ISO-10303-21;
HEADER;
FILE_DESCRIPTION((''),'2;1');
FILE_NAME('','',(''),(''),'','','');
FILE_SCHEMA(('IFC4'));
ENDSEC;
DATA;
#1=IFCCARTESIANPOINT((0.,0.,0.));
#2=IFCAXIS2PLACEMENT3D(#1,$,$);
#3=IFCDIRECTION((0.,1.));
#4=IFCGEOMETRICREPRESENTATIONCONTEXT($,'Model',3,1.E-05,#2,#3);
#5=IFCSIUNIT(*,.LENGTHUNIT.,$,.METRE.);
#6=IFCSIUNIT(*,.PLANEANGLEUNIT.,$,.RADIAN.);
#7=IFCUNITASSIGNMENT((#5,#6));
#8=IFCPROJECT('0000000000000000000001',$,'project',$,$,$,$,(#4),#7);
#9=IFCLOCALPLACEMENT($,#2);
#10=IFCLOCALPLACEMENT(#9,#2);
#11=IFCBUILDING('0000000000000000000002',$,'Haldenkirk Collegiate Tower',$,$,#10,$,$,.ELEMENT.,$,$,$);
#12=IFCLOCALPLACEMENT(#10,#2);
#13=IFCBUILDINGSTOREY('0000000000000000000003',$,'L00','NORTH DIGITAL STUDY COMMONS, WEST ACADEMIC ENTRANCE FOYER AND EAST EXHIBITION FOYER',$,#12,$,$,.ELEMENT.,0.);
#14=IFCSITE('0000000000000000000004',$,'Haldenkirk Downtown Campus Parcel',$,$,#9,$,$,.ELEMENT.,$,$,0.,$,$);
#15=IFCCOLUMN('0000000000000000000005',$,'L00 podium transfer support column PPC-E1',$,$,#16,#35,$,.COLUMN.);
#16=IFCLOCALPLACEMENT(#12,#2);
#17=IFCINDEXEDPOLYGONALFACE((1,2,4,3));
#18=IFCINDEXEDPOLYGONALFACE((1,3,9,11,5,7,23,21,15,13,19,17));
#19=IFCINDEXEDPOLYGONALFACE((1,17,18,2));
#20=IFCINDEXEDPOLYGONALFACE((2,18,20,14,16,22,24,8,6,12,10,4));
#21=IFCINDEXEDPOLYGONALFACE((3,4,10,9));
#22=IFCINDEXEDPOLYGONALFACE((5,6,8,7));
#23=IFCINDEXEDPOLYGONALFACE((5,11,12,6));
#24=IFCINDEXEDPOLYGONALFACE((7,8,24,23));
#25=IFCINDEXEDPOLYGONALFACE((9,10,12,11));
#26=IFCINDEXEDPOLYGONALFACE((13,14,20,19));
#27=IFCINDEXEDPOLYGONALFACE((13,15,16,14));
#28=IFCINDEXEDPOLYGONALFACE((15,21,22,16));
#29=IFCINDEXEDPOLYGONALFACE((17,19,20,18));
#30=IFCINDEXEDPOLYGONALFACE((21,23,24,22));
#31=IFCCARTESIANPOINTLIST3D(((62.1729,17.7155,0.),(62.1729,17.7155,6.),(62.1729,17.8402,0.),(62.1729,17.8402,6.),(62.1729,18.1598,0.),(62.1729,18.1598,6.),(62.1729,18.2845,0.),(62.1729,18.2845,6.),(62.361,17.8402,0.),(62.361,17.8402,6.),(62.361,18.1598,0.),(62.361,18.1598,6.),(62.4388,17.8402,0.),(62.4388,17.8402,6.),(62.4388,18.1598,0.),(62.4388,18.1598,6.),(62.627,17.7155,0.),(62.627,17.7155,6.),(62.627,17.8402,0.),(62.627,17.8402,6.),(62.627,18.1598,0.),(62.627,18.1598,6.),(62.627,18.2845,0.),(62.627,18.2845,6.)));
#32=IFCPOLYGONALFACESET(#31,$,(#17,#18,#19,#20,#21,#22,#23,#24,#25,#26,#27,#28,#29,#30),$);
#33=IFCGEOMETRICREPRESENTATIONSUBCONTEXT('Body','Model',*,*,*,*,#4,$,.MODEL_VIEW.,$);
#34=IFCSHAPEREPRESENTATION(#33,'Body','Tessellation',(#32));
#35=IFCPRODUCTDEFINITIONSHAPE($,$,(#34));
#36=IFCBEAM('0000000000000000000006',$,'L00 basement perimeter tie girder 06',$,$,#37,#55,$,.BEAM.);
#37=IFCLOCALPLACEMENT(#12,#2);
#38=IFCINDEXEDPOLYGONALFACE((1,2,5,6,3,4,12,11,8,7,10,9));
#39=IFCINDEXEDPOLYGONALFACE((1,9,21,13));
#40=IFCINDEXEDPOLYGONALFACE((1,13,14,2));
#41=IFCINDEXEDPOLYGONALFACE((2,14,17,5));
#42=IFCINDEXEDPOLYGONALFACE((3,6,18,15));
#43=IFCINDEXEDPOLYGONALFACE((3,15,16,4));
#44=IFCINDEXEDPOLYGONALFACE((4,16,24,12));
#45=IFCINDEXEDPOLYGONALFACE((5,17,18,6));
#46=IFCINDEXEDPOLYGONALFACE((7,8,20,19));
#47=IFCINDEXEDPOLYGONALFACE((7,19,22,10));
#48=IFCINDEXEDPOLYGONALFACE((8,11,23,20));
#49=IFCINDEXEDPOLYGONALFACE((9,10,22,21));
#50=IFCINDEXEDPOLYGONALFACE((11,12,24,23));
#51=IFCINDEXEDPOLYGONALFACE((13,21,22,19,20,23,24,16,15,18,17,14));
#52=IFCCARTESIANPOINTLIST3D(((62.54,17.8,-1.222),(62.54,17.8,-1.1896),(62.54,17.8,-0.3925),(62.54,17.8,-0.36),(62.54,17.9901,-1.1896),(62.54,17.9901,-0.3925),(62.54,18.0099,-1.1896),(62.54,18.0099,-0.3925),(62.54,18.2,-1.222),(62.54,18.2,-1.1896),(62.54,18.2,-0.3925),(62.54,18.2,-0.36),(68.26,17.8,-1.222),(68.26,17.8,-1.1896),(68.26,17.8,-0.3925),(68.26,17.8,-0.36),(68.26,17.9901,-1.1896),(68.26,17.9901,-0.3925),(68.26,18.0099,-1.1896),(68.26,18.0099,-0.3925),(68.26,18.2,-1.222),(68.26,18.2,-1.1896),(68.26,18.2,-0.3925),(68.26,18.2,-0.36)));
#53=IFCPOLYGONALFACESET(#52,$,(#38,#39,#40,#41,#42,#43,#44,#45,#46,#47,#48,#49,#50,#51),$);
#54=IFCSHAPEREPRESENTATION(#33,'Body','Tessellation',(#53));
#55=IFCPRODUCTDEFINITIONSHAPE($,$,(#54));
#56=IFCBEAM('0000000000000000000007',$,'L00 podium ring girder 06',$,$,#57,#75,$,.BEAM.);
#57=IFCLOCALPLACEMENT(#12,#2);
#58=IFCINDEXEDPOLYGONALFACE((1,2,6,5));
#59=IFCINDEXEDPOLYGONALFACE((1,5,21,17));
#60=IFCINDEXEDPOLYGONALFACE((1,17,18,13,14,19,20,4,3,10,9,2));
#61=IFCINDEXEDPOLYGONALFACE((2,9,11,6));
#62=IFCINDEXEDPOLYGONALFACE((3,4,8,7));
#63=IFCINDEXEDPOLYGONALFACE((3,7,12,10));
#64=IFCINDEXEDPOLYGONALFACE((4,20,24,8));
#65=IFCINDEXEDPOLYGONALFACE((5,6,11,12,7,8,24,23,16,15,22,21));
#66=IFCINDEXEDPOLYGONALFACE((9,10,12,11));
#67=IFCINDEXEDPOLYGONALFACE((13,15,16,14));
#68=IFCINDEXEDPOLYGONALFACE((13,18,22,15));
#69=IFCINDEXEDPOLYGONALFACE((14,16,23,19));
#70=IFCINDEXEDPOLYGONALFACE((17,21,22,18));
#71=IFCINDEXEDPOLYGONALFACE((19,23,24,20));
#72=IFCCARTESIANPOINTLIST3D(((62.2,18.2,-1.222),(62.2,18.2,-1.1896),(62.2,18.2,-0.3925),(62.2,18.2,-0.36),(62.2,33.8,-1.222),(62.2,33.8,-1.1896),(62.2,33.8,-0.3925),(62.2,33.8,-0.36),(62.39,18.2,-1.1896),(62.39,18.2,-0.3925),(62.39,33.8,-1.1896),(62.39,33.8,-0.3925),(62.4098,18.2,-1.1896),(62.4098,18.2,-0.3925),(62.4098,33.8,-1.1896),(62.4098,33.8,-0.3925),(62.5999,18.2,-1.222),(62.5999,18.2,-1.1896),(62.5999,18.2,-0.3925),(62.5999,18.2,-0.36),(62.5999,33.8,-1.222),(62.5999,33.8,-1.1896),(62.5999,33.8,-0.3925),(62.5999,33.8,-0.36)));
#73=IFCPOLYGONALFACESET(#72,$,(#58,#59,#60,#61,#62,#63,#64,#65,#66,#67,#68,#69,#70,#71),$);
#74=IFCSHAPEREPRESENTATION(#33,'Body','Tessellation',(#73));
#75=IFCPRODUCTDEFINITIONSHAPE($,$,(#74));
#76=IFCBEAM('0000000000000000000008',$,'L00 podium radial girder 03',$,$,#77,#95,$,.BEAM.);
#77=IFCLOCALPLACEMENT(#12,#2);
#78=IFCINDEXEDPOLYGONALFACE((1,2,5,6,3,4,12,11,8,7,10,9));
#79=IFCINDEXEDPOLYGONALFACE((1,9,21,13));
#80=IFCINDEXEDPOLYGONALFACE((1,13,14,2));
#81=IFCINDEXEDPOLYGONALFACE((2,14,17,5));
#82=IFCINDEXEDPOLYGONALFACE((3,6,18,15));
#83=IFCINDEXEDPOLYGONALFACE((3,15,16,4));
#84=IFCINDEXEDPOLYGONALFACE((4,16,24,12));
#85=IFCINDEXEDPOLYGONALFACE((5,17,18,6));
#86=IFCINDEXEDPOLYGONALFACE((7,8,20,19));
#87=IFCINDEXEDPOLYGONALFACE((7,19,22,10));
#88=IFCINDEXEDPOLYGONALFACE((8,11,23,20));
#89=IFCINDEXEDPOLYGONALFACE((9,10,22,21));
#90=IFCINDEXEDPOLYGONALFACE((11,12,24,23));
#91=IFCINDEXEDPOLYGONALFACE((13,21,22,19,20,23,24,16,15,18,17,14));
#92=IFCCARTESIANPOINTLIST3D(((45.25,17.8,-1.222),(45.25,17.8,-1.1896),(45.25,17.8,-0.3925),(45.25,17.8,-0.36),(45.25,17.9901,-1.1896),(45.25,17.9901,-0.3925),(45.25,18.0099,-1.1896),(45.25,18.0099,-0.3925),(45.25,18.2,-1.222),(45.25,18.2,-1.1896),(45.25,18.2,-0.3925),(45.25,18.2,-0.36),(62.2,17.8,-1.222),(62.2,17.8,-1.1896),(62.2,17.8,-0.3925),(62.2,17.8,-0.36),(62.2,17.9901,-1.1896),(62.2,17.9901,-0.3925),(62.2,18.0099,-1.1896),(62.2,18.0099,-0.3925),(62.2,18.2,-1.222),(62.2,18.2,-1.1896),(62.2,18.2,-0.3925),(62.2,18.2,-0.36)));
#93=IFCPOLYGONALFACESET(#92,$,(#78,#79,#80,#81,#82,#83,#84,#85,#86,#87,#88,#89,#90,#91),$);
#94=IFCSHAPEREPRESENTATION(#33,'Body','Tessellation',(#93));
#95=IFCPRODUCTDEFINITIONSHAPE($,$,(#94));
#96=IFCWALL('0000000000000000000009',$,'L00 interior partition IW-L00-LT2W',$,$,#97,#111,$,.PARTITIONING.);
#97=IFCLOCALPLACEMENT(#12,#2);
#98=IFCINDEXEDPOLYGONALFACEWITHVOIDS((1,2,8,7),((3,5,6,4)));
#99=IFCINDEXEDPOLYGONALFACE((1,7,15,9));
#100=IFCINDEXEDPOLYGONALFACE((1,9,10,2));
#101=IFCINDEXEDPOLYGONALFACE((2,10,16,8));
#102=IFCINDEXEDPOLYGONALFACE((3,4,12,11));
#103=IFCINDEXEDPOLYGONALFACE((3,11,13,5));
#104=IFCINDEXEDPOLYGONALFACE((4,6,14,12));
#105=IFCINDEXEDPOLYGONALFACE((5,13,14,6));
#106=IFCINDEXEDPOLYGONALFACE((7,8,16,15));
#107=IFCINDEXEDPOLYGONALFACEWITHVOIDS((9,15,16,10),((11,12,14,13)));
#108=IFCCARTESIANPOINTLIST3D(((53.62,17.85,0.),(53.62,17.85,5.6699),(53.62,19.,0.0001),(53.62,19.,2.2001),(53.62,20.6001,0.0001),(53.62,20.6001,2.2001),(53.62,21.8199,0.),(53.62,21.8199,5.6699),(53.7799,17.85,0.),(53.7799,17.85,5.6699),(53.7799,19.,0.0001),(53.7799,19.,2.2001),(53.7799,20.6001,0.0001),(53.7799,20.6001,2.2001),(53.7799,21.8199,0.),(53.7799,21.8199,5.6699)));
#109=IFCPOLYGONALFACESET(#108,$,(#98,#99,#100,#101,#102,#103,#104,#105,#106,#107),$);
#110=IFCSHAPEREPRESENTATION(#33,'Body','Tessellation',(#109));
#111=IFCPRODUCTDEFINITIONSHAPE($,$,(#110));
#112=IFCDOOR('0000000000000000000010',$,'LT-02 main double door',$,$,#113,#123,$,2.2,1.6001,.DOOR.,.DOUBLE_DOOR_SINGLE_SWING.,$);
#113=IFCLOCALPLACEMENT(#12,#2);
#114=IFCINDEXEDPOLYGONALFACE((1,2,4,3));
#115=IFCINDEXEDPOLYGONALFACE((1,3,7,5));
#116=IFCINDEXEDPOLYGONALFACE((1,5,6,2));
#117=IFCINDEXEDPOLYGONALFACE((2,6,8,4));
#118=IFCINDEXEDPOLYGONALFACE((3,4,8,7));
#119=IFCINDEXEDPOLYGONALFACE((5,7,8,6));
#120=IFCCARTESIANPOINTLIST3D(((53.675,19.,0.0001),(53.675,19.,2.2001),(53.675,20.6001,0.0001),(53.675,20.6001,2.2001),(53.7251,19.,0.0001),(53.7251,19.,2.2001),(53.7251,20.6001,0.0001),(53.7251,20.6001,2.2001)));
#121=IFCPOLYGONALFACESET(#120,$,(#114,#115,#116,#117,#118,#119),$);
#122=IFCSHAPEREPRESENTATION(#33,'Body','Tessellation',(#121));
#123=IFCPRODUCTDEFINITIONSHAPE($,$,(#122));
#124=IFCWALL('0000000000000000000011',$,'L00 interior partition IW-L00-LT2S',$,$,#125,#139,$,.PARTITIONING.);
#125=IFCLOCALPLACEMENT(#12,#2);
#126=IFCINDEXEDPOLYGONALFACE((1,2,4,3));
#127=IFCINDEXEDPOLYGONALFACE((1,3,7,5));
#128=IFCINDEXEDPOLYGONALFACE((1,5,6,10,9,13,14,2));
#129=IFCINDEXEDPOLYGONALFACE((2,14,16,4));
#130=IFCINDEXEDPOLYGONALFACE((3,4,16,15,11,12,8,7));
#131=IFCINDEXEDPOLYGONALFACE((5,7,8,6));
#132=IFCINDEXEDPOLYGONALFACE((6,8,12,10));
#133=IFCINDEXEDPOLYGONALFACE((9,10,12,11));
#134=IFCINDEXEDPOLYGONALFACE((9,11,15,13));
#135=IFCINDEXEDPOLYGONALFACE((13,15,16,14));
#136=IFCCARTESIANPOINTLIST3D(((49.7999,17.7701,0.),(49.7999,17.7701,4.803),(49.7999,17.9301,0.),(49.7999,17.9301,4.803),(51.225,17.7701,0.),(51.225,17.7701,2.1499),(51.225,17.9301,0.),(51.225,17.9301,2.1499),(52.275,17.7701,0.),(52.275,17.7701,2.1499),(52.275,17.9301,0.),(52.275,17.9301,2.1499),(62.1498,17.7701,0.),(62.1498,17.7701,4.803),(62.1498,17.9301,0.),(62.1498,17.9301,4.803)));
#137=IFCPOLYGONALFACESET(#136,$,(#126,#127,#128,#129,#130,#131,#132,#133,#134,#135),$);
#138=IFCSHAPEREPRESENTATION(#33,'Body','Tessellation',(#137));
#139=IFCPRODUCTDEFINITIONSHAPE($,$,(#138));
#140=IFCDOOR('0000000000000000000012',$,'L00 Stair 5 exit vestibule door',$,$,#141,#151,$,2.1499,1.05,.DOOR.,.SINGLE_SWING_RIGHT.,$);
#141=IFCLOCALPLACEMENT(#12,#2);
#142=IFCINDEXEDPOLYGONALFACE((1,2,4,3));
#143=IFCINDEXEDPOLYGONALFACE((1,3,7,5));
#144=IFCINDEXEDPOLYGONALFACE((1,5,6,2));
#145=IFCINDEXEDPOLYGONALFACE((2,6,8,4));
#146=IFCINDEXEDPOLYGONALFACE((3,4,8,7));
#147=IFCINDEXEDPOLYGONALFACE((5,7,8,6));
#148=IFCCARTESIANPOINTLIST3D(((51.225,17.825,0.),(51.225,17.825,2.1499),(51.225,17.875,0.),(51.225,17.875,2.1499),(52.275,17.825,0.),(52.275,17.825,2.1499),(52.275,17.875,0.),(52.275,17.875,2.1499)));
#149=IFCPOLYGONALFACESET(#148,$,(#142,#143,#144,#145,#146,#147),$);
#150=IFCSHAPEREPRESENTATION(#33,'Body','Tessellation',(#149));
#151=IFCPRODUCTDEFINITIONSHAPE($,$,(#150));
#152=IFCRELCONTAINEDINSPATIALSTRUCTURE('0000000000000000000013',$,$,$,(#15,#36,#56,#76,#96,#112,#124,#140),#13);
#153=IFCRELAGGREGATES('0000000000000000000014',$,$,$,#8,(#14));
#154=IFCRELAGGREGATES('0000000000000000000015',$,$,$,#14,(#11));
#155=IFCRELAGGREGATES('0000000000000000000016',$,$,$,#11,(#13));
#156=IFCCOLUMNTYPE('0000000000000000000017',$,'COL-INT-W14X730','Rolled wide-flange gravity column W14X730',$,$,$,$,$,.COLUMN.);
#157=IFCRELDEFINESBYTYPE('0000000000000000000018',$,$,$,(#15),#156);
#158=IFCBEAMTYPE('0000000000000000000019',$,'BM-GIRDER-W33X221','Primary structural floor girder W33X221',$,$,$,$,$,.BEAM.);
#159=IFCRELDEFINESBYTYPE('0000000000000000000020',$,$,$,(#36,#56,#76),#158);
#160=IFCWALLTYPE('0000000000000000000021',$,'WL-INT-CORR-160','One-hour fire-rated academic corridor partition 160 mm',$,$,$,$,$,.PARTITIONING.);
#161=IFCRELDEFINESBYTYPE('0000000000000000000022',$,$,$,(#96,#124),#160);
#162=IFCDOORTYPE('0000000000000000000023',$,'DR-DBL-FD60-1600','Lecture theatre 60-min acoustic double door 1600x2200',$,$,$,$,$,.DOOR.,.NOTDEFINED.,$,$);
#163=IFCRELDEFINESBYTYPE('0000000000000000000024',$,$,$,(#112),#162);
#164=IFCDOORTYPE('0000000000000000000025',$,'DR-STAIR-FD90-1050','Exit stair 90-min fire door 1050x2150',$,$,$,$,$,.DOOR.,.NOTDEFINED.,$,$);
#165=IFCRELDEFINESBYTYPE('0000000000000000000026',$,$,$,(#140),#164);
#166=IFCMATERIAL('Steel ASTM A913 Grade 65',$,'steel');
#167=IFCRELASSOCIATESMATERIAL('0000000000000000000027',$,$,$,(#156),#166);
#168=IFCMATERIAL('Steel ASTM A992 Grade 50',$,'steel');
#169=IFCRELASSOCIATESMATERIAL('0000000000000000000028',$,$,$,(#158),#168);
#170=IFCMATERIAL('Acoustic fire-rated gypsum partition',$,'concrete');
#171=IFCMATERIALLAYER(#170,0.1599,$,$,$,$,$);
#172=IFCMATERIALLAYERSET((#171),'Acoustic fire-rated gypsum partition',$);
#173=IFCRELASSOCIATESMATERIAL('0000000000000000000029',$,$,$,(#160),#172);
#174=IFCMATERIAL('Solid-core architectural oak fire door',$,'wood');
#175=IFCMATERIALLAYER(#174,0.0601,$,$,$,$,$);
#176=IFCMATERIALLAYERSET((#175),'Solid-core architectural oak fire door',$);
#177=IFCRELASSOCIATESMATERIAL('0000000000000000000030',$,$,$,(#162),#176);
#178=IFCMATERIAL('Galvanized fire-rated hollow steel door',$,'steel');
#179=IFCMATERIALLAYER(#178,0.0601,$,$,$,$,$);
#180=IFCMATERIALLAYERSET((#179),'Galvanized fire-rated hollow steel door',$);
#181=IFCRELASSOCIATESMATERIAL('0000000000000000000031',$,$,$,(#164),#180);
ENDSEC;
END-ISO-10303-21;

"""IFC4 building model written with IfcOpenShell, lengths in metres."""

from ifc_helpers import new_model, si_unit, direction, frame, frame_2d, origin, origin_2d, place, context, subcontext, project, spatial, rectangle, i_section, extrude, material, layer, layer_set, material_profile, profile_set, type_object, element, fill, save


model = new_model("IFC4")

# Units and contexts
model_context = context("Model", 3, precision=1e-05, world=origin(), true_north=direction((0.0, 1.0)))
body_context = subcontext(model_context, "Body", "Model", "MODEL_VIEW")
ifc_project = project(units=[si_unit("LENGTHUNIT", "METRE"), si_unit("PLANEANGLEUNIT", "RADIAN")], contexts=[model_context])

# Site, building, storey
site_placement = place(None, origin())
site = spatial("IfcSite", under=ifc_project, at=site_placement, Name="Haldenkirk Downtown Campus Parcel", CompositionType="ELEMENT", RefElevation=0.0)
building_placement = place(site_placement, origin())
building = spatial("IfcBuilding", under=site, at=building_placement, Name="Haldenkirk Collegiate Tower", CompositionType="ELEMENT")
storey_placement = place(building_placement, origin())
storey = spatial("IfcBuildingStorey", under=building, at=storey_placement, Name="L00", Description="NORTH DIGITAL STUDY COMMONS, WEST ACADEMIC ENTRANCE FOYER AND EAST EXHIBITION FOYER", CompositionType="ELEMENT", Elevation=0.0)

# Column
ifc_material_1 = material(Name="Steel ASTM A913 Grade 65", Category="steel")
ifc_material_profile_1 = material_profile(ifc_material_1, i_section(OverallWidth=0.4541, OverallDepth=0.5691, WebThickness=0.0779, FlangeThickness=0.1248, at=origin_2d()), Name="W14X730")
ifc_profile_set_1 = profile_set([ifc_material_profile_1], Name="Steel ASTM A913 Grade 65")
column_type = type_object("IfcColumnType", Name="COL-INT-W14X730", Description="Rolled wide-flange gravity column W14X730", PredefinedType="COLUMN", material=ifc_profile_set_1)
column_placement = place(storey_placement, frame((62.3999, 18.0, 0.0), z_axis=(0.0, 0.0, 1.0), x_axis=(1.0, 0.0, 0.0)))
element("IfcColumn", 1, at=column_placement, inside=storey, type_object=column_type, Name="L00 podium transfer support column PPC-E1", PredefinedType="COLUMN", context=body_context, shape_type="SweptSolid", body=[
    extrude(i_section(OverallWidth=0.4541, OverallDepth=0.5691, WebThickness=0.0779, FlangeThickness=0.1248, at=origin_2d()), origin(), (0.0, 0.0, 1.0), 6.0),
])

# Beams
ifc_material_2 = material(Name="Steel ASTM A992 Grade 50", Category="steel")
ifc_material_profile_2 = material_profile(ifc_material_2, i_section(OverallWidth=0.3999, OverallDepth=0.8621, WebThickness=0.0198, FlangeThickness=0.0325, at=origin_2d()), Name="W33X221")
ifc_profile_set_2 = profile_set([ifc_material_profile_2], Name="Steel ASTM A992 Grade 50")
beam_type = type_object("IfcBeamType", Name="BM-GIRDER-W33X221", Description="Primary structural floor girder W33X221", PredefinedType="BEAM", material=ifc_profile_set_2)
beam_1_placement = place(storey_placement, frame((68.26, 18.0, -0.791), z_axis=(-1.0, 0.0, 0.0), x_axis=(0.0, -1.0, 0.0)))
element("IfcBeam", 2, at=beam_1_placement, inside=storey, type_object=beam_type, Name="L00 basement perimeter tie girder 06", PredefinedType="BEAM", context=body_context, shape_type="SweptSolid", body=[
    extrude(i_section(OverallWidth=0.3999, OverallDepth=0.8621, WebThickness=0.0198, FlangeThickness=0.0325, at=origin_2d()), origin(), (0.0, 0.0, 1.0), 5.72),
])
beam_2_placement = place(storey_placement, frame((62.3999, 18.2, -0.791), z_axis=(0.0, 1.0, 0.0), x_axis=(-1.0, 0.0, 0.0)))
element("IfcBeam", 3, at=beam_2_placement, inside=storey, type_object=beam_type, Name="L00 podium ring girder 06", PredefinedType="BEAM", context=body_context, shape_type="SweptSolid", body=[
    extrude(i_section(OverallWidth=0.3999, OverallDepth=0.8621, WebThickness=0.0198, FlangeThickness=0.0325, at=origin_2d()), origin(), (0.0, 0.0, 1.0), 15.6001),
])
beam_3_placement = place(storey_placement, frame((62.2, 18.0, -0.791), z_axis=(-1.0, 0.0, 0.0), x_axis=(0.0, -1.0, 0.0)))
element("IfcBeam", 4, at=beam_3_placement, inside=storey, type_object=beam_type, Name="L00 podium radial girder 03", PredefinedType="BEAM", context=body_context, shape_type="SweptSolid", body=[
    extrude(i_section(OverallWidth=0.3999, OverallDepth=0.8621, WebThickness=0.0198, FlangeThickness=0.0325, at=origin_2d()), origin(), (0.0, 0.0, 1.0), 16.95),
])

# Walls, openings, doors
ifc_material_3 = material(Name="Acoustic fire-rated gypsum partition", Category="concrete")
ifc_layer_1 = layer(ifc_material_3, 0.1599)
ifc_layer_set_1 = layer_set([ifc_layer_1], Name="Acoustic fire-rated gypsum partition")
wall_type_1 = type_object("IfcWallType", Name="WL-INT-CORR-160", Description="One-hour fire-rated academic corridor partition 160 mm", PredefinedType="PARTITIONING", material=ifc_layer_set_1)
wall_1_placement = place(storey_placement, frame((53.7, 17.8501, 0.0), z_axis=(0.0, 0.0, 1.0), x_axis=(0.0, 1.0, 0.0)))
wall_1 = element("IfcWall", 5, at=wall_1_placement, inside=storey, type_object=wall_type_1, Name="L00 interior partition IW-L00-LT2W", PredefinedType="PARTITIONING", context=body_context, shape_type="SweptSolid", body=[
    extrude(rectangle(XDim=3.97, YDim=0.1599, at=frame_2d((1.9849, 0.0))), origin(), (0.0, 0.0, 1.0), 5.6699),
])
opening_1_placement = place(wall_1_placement, frame((1.1499, 0.0, 0.0)))
opening_1 = element("IfcOpeningElement", 6, at=opening_1_placement, cuts=wall_1, PredefinedType="OPENING", context=body_context, shape_type="SweptSolid", body=[
    extrude(rectangle(XDim=1.6001, YDim=2.2, at=frame_2d((0.8, 1.1001))), frame((0.0, 0.0898, 0.0), z_axis=(0.0, -1.0, 0.0), x_axis=(1.0, 0.0, 0.0)), (0.0, 0.0, 1.0), 0.1799),
])
ifc_material_4 = material(Name="Solid-core architectural oak fire door", Category="wood")
ifc_layer_2 = layer(ifc_material_4, 0.0601)
ifc_layer_set_2 = layer_set([ifc_layer_2], Name="Solid-core architectural oak fire door")
door_type_1 = type_object("IfcDoorType", Name="DR-DBL-FD60-1600", Description="Lecture theatre 60-min acoustic double door 1600x2200", OperationType="NOTDEFINED", PredefinedType="DOOR", material=ifc_layer_set_2)
door_1_placement = place(opening_1_placement, origin())
door_1 = element("IfcDoor", 7, at=door_1_placement, inside=storey, type_object=door_type_1, Name="LT-02 main double door", OperationType="DOUBLE_DOOR_SINGLE_SWING", OverallHeight=2.2, OverallWidth=1.6001, PredefinedType="DOOR", context=body_context, shape_type="SweptSolid", body=[
    extrude(rectangle(XDim=1.6001, YDim=2.2, at=frame_2d((0.8, 1.1001))), frame((0.0, 0.0249, 0.0), z_axis=(0.0, -1.0, 0.0), x_axis=(1.0, 0.0, 0.0)), (0.0, 0.0, 1.0), 0.05),
])
fill(opening_1, door_1)
wall_2_placement = place(storey_placement, frame((49.8, 17.8501, 0.0), z_axis=(0.0, 0.0, 1.0), x_axis=(1.0, 0.0, 0.0)))
wall_2 = element("IfcWall", 8, at=wall_2_placement, inside=storey, type_object=wall_type_1, Name="L00 interior partition IW-L00-LT2S", PredefinedType="PARTITIONING", context=body_context, shape_type="SweptSolid", body=[
    extrude(rectangle(XDim=12.3499, YDim=0.1599, at=frame_2d((6.1748, 0.0))), origin(), (0.0, 0.0, 1.0), 4.803),
])
opening_2_placement = place(wall_2_placement, frame((1.425, 0.0, 0.0)))
opening_2 = element("IfcOpeningElement", 9, at=opening_2_placement, cuts=wall_2, PredefinedType="OPENING", context=body_context, shape_type="SweptSolid", body=[
    extrude(rectangle(XDim=1.05, YDim=2.1499, at=frame_2d((0.5249, 1.075))), frame((0.0, 0.0898, 0.0), z_axis=(0.0, -1.0, 0.0), x_axis=(1.0, 0.0, 0.0)), (0.0, 0.0, 1.0), 0.1799),
])
ifc_material_5 = material(Name="Galvanized fire-rated hollow steel door", Category="steel")
ifc_layer_3 = layer(ifc_material_5, 0.0601)
ifc_layer_set_3 = layer_set([ifc_layer_3], Name="Galvanized fire-rated hollow steel door")
door_type_2 = type_object("IfcDoorType", Name="DR-STAIR-FD90-1050", Description="Exit stair 90-min fire door 1050x2150", OperationType="NOTDEFINED", PredefinedType="DOOR", material=ifc_layer_set_3)
door_2_placement = place(opening_2_placement, origin())
door_2 = element("IfcDoor", 10, at=door_2_placement, inside=storey, type_object=door_type_2, Name="L00 Stair 5 exit vestibule door", OperationType="SINGLE_SWING_RIGHT", OverallHeight=2.1499, OverallWidth=1.05, PredefinedType="DOOR", context=body_context, shape_type="SweptSolid", body=[
    extrude(rectangle(XDim=1.05, YDim=2.1499, at=frame_2d((0.5249, 1.075))), frame((0.0, 0.0249, 0.0), z_axis=(0.0, -1.0, 0.0), x_axis=(1.0, 0.0, 0.0)), (0.0, 0.0, 1.0), 0.05),
])
fill(opening_2, door_2)

save(model, "model.ifc")
